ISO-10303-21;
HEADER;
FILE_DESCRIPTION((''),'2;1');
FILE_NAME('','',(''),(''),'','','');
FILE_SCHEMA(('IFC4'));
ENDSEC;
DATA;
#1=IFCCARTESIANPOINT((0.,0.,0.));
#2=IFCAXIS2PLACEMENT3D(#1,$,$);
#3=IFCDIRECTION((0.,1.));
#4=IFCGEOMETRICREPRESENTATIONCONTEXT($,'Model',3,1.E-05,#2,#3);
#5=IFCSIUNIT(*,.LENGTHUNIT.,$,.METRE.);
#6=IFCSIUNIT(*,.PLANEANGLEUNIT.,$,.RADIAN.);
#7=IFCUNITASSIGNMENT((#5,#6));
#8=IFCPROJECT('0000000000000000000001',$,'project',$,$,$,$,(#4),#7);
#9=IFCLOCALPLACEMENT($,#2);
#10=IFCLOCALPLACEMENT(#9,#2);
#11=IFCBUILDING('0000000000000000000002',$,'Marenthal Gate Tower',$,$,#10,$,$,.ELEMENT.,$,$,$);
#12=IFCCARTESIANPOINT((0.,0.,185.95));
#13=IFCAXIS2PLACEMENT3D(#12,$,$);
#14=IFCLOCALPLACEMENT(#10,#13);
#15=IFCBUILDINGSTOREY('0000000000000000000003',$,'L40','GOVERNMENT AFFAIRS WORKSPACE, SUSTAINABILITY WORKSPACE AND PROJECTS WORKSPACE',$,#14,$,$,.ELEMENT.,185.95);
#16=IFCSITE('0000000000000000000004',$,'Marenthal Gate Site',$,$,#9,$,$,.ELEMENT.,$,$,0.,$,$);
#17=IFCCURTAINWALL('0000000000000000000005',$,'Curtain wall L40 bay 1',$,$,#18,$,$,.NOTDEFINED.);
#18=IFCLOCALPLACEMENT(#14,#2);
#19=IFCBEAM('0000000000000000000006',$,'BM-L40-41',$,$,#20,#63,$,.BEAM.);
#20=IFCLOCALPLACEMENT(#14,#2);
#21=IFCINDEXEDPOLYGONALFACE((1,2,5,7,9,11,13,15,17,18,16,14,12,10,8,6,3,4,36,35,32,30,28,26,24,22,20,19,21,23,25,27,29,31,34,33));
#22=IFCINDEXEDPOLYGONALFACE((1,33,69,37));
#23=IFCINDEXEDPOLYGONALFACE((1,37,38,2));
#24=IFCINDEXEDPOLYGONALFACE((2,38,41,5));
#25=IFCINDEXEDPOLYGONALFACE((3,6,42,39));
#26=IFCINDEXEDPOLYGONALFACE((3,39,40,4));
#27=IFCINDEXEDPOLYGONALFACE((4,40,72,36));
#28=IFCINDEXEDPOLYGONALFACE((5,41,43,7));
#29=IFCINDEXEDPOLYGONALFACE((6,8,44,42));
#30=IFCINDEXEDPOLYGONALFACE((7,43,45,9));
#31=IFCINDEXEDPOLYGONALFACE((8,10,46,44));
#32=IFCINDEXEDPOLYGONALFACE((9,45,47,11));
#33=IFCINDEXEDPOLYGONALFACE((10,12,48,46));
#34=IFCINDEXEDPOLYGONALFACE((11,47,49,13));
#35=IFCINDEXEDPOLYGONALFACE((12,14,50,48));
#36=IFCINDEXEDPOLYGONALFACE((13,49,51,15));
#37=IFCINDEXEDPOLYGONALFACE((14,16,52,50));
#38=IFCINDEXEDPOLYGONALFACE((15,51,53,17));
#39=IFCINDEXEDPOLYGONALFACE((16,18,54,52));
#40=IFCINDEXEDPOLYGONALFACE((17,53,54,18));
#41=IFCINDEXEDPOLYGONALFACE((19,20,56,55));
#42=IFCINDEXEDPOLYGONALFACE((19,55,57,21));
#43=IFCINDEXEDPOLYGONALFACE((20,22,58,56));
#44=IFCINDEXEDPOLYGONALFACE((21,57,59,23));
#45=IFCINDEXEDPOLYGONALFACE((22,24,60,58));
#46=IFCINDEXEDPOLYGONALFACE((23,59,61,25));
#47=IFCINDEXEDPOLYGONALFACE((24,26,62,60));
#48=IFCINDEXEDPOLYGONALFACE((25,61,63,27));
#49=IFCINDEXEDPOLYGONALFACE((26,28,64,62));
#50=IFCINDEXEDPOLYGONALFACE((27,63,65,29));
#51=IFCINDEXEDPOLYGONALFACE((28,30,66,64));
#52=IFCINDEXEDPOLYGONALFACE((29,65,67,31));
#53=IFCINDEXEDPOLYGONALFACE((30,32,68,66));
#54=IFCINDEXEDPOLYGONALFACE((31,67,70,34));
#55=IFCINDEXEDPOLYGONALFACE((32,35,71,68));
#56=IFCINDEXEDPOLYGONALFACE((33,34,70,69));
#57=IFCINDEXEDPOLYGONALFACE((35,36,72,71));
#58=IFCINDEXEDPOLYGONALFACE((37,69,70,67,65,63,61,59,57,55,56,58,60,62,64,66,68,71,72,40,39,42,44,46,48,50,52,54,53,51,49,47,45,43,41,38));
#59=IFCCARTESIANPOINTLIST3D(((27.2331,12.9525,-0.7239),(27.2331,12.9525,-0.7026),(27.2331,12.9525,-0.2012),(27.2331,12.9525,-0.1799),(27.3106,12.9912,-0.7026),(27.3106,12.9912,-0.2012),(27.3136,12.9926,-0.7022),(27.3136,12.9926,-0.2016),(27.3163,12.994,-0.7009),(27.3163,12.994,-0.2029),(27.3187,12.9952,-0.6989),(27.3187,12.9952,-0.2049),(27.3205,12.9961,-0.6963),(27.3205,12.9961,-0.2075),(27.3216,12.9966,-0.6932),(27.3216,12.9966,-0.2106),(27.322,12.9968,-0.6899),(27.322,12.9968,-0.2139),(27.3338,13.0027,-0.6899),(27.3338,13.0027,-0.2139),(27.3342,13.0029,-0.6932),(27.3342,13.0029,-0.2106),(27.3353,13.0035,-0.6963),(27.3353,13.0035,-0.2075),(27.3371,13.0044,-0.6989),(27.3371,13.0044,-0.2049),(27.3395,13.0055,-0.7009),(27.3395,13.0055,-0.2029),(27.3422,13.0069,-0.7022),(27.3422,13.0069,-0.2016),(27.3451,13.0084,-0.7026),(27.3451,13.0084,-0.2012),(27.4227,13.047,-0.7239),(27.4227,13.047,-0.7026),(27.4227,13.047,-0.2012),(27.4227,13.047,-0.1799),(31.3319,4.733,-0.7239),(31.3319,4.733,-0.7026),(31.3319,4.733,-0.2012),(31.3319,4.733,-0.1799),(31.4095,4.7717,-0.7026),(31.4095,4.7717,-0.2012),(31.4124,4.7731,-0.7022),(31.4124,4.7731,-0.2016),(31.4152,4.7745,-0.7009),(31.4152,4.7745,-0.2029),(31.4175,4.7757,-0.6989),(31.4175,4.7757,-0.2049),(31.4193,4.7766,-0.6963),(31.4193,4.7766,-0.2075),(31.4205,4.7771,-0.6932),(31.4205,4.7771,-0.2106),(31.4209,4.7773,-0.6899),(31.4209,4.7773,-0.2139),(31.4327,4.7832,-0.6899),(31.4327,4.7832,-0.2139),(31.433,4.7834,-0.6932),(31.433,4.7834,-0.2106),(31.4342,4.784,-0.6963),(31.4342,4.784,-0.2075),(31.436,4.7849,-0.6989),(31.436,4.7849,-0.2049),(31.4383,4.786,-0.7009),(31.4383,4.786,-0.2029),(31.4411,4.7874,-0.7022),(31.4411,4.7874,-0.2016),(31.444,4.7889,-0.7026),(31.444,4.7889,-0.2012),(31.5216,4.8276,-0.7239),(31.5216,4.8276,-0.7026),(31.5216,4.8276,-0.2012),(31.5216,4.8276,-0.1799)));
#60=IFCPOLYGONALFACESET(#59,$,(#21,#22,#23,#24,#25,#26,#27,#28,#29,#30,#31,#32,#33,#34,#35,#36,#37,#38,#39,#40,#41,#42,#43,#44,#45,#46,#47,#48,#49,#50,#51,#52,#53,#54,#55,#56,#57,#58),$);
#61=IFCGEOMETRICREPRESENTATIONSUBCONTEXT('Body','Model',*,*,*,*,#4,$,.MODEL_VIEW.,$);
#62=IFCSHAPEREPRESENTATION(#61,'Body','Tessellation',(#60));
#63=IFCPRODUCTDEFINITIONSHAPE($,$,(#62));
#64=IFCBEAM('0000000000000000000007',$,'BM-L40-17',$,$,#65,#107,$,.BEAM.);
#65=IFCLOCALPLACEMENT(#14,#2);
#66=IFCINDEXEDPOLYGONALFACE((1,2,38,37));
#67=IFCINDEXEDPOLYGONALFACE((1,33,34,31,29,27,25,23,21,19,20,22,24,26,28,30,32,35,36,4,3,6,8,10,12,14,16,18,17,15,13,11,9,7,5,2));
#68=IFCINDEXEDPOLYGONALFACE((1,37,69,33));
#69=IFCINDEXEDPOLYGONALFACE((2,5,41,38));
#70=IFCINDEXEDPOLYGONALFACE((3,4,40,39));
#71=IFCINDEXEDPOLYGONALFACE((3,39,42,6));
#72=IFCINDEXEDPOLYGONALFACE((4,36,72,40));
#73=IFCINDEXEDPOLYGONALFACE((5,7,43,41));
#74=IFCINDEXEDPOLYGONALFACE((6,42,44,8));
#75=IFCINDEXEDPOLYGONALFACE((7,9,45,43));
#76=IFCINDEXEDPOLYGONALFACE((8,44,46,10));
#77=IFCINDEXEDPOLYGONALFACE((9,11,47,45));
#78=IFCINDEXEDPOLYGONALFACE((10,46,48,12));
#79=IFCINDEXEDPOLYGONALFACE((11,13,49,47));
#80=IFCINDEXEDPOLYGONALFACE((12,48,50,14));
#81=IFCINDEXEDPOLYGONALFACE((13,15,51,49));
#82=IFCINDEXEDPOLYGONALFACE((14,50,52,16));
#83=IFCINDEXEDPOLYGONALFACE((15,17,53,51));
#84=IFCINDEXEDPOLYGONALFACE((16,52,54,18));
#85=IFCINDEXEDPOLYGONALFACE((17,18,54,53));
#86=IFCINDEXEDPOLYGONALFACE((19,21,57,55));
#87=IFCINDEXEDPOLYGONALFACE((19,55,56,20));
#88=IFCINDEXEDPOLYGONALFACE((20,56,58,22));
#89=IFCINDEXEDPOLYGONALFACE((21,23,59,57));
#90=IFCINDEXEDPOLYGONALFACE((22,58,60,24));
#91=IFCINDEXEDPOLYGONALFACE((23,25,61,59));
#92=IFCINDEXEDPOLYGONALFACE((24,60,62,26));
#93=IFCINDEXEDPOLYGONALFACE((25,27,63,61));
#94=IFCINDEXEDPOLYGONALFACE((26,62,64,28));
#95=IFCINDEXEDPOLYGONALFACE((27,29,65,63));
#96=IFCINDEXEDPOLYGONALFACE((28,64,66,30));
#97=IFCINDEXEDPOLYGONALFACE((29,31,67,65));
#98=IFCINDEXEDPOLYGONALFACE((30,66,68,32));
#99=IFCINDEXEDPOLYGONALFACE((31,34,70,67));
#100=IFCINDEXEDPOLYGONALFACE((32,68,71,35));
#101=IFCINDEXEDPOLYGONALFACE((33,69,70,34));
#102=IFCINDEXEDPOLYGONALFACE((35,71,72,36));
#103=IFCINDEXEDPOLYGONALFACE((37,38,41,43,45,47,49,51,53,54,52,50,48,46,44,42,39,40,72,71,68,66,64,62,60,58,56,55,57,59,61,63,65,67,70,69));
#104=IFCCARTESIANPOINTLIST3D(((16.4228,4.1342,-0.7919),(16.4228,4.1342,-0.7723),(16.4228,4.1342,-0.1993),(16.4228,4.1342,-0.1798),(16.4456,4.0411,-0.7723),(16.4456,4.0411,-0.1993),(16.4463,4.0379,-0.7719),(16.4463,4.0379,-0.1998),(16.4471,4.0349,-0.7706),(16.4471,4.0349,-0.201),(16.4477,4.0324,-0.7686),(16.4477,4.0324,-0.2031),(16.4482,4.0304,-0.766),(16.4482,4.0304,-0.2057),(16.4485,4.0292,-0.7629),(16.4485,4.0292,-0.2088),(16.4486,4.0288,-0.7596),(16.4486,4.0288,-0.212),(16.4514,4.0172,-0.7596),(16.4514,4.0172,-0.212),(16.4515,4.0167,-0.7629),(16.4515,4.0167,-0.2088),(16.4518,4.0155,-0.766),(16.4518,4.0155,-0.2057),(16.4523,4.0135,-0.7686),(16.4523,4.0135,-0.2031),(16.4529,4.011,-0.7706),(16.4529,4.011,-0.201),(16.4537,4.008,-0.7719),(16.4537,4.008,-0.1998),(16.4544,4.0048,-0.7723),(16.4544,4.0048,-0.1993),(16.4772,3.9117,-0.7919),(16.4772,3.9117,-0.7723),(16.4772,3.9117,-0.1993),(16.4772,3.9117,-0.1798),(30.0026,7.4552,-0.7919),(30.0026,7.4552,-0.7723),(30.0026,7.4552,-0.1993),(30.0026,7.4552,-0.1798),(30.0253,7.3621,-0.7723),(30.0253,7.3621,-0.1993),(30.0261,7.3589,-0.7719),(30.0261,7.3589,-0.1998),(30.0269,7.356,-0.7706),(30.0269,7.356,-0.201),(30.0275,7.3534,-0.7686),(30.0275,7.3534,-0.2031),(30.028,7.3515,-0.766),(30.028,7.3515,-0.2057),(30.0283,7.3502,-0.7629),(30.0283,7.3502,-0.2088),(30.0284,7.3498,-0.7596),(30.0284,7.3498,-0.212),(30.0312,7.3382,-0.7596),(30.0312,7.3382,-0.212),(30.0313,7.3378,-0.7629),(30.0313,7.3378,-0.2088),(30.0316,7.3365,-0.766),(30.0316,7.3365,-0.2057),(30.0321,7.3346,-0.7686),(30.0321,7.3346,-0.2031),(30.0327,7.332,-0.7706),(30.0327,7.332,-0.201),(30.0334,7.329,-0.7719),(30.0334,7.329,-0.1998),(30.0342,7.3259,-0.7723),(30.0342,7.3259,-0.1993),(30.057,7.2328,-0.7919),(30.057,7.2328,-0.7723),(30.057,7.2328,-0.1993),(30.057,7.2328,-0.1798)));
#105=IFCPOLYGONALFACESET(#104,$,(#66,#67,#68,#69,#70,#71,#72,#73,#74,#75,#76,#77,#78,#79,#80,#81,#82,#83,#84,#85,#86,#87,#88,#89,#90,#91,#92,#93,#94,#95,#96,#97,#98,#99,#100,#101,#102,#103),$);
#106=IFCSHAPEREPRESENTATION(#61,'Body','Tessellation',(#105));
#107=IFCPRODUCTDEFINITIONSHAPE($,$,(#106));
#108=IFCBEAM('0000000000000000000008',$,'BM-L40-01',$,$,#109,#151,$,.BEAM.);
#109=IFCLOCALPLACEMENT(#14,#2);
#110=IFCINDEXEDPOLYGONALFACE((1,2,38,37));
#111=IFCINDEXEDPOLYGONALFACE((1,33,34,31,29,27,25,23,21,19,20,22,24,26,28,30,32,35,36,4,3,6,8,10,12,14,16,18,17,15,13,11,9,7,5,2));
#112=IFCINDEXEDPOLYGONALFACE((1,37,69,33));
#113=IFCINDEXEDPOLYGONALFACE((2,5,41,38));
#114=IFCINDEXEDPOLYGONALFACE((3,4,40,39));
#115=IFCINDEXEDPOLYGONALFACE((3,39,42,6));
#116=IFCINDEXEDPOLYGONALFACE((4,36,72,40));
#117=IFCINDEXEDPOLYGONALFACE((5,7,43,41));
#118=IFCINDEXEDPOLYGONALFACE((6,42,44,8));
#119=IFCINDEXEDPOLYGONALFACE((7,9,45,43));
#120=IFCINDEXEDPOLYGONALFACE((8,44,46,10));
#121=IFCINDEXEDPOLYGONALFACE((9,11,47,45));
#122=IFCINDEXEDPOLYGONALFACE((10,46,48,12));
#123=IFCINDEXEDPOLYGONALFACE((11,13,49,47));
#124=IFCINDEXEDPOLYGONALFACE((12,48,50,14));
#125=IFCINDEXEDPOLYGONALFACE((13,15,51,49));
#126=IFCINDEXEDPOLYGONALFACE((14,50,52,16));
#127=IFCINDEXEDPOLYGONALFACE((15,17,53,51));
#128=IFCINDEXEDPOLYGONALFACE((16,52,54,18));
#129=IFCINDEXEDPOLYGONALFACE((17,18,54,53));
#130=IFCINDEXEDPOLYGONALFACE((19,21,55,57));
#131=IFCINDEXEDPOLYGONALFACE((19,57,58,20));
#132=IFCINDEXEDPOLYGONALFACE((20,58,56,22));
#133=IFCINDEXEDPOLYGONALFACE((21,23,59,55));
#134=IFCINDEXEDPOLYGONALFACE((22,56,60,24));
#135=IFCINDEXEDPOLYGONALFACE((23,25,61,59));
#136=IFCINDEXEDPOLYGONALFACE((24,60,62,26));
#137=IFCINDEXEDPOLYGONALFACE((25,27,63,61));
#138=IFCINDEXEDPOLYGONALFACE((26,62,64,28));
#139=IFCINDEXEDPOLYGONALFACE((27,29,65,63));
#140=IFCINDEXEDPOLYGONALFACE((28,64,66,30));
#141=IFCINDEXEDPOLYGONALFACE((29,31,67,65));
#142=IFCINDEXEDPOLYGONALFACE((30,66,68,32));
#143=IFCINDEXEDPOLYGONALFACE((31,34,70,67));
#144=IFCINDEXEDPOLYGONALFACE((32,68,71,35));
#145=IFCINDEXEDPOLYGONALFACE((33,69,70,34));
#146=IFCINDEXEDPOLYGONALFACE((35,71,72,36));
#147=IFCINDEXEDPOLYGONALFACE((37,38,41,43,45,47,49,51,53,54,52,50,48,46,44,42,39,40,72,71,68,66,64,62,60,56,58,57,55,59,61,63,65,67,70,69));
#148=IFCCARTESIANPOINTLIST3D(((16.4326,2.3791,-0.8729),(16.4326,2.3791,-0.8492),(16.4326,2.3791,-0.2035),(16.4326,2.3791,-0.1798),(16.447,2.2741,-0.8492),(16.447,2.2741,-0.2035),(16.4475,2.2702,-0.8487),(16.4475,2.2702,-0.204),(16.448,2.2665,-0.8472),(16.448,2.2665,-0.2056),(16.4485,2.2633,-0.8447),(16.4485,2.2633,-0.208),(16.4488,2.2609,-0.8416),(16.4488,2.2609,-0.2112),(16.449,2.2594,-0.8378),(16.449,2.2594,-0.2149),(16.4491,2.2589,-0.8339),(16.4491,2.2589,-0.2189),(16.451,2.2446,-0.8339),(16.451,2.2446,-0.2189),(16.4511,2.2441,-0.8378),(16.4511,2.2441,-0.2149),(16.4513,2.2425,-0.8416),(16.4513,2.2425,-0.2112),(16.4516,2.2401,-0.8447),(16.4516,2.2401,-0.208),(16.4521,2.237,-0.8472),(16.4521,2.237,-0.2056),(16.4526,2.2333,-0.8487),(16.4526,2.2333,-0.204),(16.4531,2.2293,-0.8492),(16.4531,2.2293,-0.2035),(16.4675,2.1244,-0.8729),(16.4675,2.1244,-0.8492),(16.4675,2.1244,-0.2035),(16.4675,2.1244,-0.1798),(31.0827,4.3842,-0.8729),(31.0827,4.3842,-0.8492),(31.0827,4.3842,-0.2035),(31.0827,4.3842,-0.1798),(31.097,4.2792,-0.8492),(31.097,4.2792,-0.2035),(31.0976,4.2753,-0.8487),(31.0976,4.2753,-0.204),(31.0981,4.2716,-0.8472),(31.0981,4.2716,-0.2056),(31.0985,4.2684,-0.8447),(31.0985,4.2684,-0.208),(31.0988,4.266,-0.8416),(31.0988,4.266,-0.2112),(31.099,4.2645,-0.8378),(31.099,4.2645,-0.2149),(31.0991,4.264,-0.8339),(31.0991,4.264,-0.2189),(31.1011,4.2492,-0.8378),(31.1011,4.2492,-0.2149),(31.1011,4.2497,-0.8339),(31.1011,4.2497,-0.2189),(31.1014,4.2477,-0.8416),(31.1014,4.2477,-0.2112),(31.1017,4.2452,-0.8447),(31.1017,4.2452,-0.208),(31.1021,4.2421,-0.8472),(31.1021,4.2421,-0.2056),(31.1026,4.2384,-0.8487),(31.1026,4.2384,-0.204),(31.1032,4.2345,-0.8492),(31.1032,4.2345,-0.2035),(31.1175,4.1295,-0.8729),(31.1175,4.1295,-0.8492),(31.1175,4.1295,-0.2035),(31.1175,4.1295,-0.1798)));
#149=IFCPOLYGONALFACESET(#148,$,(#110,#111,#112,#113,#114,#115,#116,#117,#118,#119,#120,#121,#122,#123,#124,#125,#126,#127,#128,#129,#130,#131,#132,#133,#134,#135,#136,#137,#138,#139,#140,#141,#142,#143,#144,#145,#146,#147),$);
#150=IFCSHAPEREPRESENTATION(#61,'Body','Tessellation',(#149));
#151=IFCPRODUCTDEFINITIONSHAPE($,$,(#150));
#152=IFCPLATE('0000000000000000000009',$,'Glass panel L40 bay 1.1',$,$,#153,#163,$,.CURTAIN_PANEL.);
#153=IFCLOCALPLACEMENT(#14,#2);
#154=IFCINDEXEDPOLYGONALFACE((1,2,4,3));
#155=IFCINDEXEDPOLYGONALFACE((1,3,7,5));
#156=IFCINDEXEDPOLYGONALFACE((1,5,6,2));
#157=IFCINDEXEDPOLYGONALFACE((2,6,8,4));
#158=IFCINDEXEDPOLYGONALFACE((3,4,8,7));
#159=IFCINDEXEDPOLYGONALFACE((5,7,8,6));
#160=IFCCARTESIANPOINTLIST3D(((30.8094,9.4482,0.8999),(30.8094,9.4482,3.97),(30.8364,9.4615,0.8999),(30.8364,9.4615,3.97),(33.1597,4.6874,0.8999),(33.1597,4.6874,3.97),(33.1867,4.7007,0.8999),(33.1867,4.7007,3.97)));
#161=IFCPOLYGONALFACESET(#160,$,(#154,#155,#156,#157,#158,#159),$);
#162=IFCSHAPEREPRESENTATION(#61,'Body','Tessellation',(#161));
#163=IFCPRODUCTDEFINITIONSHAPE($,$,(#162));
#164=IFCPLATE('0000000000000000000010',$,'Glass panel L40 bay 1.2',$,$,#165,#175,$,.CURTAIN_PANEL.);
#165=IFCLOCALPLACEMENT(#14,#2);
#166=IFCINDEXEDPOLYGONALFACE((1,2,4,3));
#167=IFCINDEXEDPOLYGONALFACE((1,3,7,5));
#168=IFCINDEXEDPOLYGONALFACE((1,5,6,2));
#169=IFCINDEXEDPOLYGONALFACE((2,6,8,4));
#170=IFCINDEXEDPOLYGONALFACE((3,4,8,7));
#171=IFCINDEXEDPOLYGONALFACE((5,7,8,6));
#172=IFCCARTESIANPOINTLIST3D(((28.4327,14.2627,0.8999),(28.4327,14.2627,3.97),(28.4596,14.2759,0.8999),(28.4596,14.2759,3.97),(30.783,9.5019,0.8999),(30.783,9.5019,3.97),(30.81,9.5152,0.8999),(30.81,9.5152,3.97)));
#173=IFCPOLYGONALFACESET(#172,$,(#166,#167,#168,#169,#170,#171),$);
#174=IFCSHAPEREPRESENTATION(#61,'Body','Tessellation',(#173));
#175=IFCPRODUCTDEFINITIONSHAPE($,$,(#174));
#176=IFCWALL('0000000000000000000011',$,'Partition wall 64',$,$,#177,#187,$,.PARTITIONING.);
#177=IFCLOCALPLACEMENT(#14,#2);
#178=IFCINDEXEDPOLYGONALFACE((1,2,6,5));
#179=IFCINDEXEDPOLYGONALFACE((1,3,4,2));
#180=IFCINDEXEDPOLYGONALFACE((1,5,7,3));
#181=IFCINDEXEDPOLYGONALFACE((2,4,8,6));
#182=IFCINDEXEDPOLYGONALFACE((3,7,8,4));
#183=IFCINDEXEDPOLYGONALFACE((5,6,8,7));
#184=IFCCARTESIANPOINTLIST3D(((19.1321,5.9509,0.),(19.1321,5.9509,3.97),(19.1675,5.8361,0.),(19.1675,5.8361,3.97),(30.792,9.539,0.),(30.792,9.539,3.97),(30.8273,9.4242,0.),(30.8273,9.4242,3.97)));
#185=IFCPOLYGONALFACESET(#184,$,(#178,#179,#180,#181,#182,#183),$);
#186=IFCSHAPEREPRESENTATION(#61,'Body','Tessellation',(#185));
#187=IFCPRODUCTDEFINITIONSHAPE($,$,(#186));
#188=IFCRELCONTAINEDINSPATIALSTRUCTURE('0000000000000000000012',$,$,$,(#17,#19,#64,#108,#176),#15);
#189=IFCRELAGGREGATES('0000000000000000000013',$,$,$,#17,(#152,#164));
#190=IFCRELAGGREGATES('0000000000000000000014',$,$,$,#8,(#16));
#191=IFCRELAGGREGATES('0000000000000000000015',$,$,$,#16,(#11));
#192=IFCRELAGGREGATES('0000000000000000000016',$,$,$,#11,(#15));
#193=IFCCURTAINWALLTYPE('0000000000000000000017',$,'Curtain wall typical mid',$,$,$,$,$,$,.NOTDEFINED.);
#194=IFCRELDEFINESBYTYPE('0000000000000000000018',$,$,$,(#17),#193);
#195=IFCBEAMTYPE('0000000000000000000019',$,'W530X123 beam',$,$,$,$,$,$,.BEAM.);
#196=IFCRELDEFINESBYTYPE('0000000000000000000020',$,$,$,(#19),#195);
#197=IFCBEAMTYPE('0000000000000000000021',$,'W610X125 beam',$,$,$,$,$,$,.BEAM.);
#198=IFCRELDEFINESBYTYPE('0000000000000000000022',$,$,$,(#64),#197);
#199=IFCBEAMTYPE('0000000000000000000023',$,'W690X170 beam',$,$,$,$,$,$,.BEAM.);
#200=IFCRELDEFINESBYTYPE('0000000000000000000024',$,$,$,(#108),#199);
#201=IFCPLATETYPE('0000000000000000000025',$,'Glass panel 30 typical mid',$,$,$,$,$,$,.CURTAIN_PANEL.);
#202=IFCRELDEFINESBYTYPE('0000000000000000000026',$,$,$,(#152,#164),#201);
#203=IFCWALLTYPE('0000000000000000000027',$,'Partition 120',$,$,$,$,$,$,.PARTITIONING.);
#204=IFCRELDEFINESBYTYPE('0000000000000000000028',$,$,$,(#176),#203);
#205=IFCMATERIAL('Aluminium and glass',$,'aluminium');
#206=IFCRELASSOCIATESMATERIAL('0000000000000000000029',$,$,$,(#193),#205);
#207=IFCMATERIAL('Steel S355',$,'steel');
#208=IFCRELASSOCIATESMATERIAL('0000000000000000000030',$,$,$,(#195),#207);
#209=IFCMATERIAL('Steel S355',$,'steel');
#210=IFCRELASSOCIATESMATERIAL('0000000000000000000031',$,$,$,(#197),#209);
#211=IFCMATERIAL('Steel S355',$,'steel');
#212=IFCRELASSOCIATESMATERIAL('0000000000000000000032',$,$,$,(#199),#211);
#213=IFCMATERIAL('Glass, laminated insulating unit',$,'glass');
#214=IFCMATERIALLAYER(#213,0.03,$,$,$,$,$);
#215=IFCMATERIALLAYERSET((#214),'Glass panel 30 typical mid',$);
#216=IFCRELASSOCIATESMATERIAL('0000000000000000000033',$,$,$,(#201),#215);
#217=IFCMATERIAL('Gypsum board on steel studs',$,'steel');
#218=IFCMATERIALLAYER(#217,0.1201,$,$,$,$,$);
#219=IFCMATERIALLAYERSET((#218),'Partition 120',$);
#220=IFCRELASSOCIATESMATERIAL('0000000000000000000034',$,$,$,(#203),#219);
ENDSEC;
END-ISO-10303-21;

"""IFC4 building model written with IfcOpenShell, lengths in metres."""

from ifc_helpers import new_model, si_unit, direction, frame, frame_2d, origin, origin_2d, place, context, subcontext, project, spatial, rectangle, i_section, extrude, material, layer, layer_set, material_profile, profile_set, type_object, element, aggregate, save


model = new_model("IFC4")

# Units and contexts
model_context = context("Model", 3, precision=1e-05, world=origin(), true_north=direction((0.0, 1.0)))
body_context = subcontext(model_context, "Body", "Model", "MODEL_VIEW")
ifc_project = project(units=[si_unit("LENGTHUNIT", "METRE"), si_unit("PLANEANGLEUNIT", "RADIAN")], contexts=[model_context])

# Site, building, storey
site_placement = place(None, origin())
site = spatial("IfcSite", under=ifc_project, at=site_placement, Name="Marenthal Gate Site", CompositionType="ELEMENT", RefElevation=0.0)
building_placement = place(site_placement, origin())
building = spatial("IfcBuilding", under=site, at=building_placement, Name="Marenthal Gate Tower", CompositionType="ELEMENT")
storey_placement = place(building_placement, frame((0.0, 0.0, 185.95)))
storey = spatial("IfcBuildingStorey", under=building, at=storey_placement, Name="L40", Description="GOVERNMENT AFFAIRS WORKSPACE, SUSTAINABILITY WORKSPACE AND PROJECTS WORKSPACE", CompositionType="ELEMENT", Elevation=185.95)

# Curtain wall
ifc_material_1 = material(Name="Aluminium and glass", Category="aluminium")
curtain_wall_type = type_object("IfcCurtainWallType", Name="Curtain wall typical mid", PredefinedType="NOTDEFINED", material=ifc_material_1)
curtain_wall_placement = place(storey_placement, origin())
curtain_wall = element("IfcCurtainWall", 1, at=curtain_wall_placement, inside=storey, type_object=curtain_wall_type, Name="Curtain wall L40 bay 1", PredefinedType="NOTDEFINED")

# Beams
ifc_material_2 = material(Name="Steel S355", Category="steel")
ifc_material_profile_1 = material_profile(ifc_material_2, i_section(OverallWidth=0.2119, OverallDepth=0.5439, WebThickness=0.0132, FlangeThickness=0.0212, FilletRadius=0.0127, at=origin_2d()), Name="W530X123")
ifc_profile_set_1 = profile_set([ifc_material_profile_1], Name="Steel S355")
beam_type_1 = type_object("IfcBeamType", Name="W530X123 beam", PredefinedType="BEAM", material=ifc_profile_set_1)
beam_1_placement = place(storey_placement, frame((31.4268, 4.7803, -0.4519), z_axis=(-0.446267, 0.8949, 0.0), x_axis=(-0.8949, -0.446267, 0.0)))
element("IfcBeam", 2, at=beam_1_placement, inside=storey, type_object=beam_type_1, Name="BM-L40-41", PredefinedType="BEAM", context=body_context, shape_type="SweptSolid", body=[
    extrude(i_section(OverallWidth=0.2119, OverallDepth=0.5439, WebThickness=0.0132, FlangeThickness=0.0212, FilletRadius=0.0127, at=origin_2d()), origin(), (0.0, 0.0, 1.0), 9.1848),
])
ifc_material_3 = material(Name="Steel S355", Category="steel")
ifc_material_profile_2 = material_profile(ifc_material_3, i_section(OverallWidth=0.229, OverallDepth=0.6121, WebThickness=0.012, FlangeThickness=0.0195, FilletRadius=0.0127, at=origin_2d()), Name="W610X125")
ifc_profile_set_2 = profile_set([ifc_material_profile_2], Name="Steel S355")
beam_type_2 = type_object("IfcBeamType", Name="W610X125 beam", PredefinedType="BEAM", material=ifc_profile_set_2)
beam_2_placement = place(storey_placement, frame((30.0298, 7.344, -0.4858), z_axis=(-0.971374, -0.237556, 0.0), x_axis=(0.237556, -0.971374, 0.0)))
element("IfcBeam", 3, at=beam_2_placement, inside=storey, type_object=beam_type_2, Name="BM-L40-17", PredefinedType="BEAM", context=body_context, shape_type="SweptSolid", body=[
    extrude(i_section(OverallWidth=0.229, OverallDepth=0.6121, WebThickness=0.012, FlangeThickness=0.0195, FilletRadius=0.0127, at=origin_2d()), origin(), (0.0, 0.0, 1.0), 13.98),
])
ifc_material_4 = material(Name="Steel S355", Category="steel")
ifc_material_profile_3 = material_profile(ifc_material_4, i_section(OverallWidth=0.2571, OverallDepth=0.6931, WebThickness=0.0144, FlangeThickness=0.0237, FilletRadius=0.0154, at=origin_2d()), Name="W690X170")
ifc_profile_set_3 = profile_set([ifc_material_profile_3], Name="Steel S355")
beam_type_3 = type_object("IfcBeamType", Name="W690X170 beam", PredefinedType="BEAM", material=ifc_profile_set_3)
beam_3_placement = place(storey_placement, frame((31.1001, 4.2568, -0.5264), z_axis=(-0.990763, -0.135603, 0.0), x_axis=(0.135603, -0.990763, 0.0)))
element("IfcBeam", 4, at=beam_3_placement, inside=storey, type_object=beam_type_3, Name="BM-L40-01", PredefinedType="BEAM", context=body_context, shape_type="SweptSolid", body=[
    extrude(i_section(OverallWidth=0.2571, OverallDepth=0.6931, WebThickness=0.0144, FlangeThickness=0.0237, FilletRadius=0.0154, at=origin_2d()), origin(), (0.0, 0.0, 1.0), 14.7866),
])

# Plates
ifc_material_5 = material(Name="Glass, laminated insulating unit", Category="glass")
ifc_layer_1 = layer(ifc_material_5, 0.03)
ifc_layer_set_1 = layer_set([ifc_layer_1], Name="Glass panel 30 typical mid")
plate_type = type_object("IfcPlateType", Name="Glass panel 30 typical mid", PredefinedType="CURTAIN_PANEL", material=ifc_layer_set_1)
plate_1_placement = place(storey_placement, frame((31.998, 7.0745, 0.8999), z_axis=(0.0, 0.0, 1.0), x_axis=(-0.442678, 0.896681, 0.0)))
plate_1 = element("IfcPlate", 5, at=plate_1_placement, type_object=plate_type, Name="Glass panel L40 bay 1.1", PredefinedType="CURTAIN_PANEL", context=body_context, shape_type="SweptSolid", body=[
    extrude(rectangle(XDim=5.3093, YDim=0.03, at=origin_2d()), origin(), (0.0, 0.0, 1.0), 3.0701),
])
plate_2_placement = place(storey_placement, frame((29.6213, 11.8889, 0.8999), z_axis=(0.0, 0.0, 1.0), x_axis=(-0.442678, 0.896681, 0.0)))
plate_2 = element("IfcPlate", 6, at=plate_2_placement, type_object=plate_type, Name="Glass panel L40 bay 1.2", PredefinedType="CURTAIN_PANEL", context=body_context, shape_type="SweptSolid", body=[
    extrude(rectangle(XDim=5.3093, YDim=0.03, at=origin_2d()), origin(), (0.0, 0.0, 1.0), 3.0701),
])
aggregate(curtain_wall, [plate_1, plate_2])

# Wall
ifc_material_6 = material(Name="Gypsum board on steel studs", Category="steel")
ifc_layer_2 = layer(ifc_material_6, 0.1201)
ifc_layer_set_2 = layer_set([ifc_layer_2], Name="Partition 120")
wall_type_1 = type_object("IfcWallType", Name="Partition 120", PredefinedType="PARTITIONING", material=ifc_layer_set_2)
wall_1_placement = place(storey_placement, frame((19.1499, 5.8936, 0.0), z_axis=(0.0, 0.0, 1.0), x_axis=(0.955768, 0.294121, 0.0)))
element("IfcWall", 7, at=wall_1_placement, inside=storey, type_object=wall_type_1, Name="Partition wall 64", PredefinedType="PARTITIONING", context=body_context, shape_type="SweptSolid", body=[
    extrude(rectangle(XDim=12.1995, YDim=0.1201, at=frame_2d((6.0996, 0.0))), origin(), (0.0, 0.0, 1.0), 3.97),
])

save(model, "model.ifc")
